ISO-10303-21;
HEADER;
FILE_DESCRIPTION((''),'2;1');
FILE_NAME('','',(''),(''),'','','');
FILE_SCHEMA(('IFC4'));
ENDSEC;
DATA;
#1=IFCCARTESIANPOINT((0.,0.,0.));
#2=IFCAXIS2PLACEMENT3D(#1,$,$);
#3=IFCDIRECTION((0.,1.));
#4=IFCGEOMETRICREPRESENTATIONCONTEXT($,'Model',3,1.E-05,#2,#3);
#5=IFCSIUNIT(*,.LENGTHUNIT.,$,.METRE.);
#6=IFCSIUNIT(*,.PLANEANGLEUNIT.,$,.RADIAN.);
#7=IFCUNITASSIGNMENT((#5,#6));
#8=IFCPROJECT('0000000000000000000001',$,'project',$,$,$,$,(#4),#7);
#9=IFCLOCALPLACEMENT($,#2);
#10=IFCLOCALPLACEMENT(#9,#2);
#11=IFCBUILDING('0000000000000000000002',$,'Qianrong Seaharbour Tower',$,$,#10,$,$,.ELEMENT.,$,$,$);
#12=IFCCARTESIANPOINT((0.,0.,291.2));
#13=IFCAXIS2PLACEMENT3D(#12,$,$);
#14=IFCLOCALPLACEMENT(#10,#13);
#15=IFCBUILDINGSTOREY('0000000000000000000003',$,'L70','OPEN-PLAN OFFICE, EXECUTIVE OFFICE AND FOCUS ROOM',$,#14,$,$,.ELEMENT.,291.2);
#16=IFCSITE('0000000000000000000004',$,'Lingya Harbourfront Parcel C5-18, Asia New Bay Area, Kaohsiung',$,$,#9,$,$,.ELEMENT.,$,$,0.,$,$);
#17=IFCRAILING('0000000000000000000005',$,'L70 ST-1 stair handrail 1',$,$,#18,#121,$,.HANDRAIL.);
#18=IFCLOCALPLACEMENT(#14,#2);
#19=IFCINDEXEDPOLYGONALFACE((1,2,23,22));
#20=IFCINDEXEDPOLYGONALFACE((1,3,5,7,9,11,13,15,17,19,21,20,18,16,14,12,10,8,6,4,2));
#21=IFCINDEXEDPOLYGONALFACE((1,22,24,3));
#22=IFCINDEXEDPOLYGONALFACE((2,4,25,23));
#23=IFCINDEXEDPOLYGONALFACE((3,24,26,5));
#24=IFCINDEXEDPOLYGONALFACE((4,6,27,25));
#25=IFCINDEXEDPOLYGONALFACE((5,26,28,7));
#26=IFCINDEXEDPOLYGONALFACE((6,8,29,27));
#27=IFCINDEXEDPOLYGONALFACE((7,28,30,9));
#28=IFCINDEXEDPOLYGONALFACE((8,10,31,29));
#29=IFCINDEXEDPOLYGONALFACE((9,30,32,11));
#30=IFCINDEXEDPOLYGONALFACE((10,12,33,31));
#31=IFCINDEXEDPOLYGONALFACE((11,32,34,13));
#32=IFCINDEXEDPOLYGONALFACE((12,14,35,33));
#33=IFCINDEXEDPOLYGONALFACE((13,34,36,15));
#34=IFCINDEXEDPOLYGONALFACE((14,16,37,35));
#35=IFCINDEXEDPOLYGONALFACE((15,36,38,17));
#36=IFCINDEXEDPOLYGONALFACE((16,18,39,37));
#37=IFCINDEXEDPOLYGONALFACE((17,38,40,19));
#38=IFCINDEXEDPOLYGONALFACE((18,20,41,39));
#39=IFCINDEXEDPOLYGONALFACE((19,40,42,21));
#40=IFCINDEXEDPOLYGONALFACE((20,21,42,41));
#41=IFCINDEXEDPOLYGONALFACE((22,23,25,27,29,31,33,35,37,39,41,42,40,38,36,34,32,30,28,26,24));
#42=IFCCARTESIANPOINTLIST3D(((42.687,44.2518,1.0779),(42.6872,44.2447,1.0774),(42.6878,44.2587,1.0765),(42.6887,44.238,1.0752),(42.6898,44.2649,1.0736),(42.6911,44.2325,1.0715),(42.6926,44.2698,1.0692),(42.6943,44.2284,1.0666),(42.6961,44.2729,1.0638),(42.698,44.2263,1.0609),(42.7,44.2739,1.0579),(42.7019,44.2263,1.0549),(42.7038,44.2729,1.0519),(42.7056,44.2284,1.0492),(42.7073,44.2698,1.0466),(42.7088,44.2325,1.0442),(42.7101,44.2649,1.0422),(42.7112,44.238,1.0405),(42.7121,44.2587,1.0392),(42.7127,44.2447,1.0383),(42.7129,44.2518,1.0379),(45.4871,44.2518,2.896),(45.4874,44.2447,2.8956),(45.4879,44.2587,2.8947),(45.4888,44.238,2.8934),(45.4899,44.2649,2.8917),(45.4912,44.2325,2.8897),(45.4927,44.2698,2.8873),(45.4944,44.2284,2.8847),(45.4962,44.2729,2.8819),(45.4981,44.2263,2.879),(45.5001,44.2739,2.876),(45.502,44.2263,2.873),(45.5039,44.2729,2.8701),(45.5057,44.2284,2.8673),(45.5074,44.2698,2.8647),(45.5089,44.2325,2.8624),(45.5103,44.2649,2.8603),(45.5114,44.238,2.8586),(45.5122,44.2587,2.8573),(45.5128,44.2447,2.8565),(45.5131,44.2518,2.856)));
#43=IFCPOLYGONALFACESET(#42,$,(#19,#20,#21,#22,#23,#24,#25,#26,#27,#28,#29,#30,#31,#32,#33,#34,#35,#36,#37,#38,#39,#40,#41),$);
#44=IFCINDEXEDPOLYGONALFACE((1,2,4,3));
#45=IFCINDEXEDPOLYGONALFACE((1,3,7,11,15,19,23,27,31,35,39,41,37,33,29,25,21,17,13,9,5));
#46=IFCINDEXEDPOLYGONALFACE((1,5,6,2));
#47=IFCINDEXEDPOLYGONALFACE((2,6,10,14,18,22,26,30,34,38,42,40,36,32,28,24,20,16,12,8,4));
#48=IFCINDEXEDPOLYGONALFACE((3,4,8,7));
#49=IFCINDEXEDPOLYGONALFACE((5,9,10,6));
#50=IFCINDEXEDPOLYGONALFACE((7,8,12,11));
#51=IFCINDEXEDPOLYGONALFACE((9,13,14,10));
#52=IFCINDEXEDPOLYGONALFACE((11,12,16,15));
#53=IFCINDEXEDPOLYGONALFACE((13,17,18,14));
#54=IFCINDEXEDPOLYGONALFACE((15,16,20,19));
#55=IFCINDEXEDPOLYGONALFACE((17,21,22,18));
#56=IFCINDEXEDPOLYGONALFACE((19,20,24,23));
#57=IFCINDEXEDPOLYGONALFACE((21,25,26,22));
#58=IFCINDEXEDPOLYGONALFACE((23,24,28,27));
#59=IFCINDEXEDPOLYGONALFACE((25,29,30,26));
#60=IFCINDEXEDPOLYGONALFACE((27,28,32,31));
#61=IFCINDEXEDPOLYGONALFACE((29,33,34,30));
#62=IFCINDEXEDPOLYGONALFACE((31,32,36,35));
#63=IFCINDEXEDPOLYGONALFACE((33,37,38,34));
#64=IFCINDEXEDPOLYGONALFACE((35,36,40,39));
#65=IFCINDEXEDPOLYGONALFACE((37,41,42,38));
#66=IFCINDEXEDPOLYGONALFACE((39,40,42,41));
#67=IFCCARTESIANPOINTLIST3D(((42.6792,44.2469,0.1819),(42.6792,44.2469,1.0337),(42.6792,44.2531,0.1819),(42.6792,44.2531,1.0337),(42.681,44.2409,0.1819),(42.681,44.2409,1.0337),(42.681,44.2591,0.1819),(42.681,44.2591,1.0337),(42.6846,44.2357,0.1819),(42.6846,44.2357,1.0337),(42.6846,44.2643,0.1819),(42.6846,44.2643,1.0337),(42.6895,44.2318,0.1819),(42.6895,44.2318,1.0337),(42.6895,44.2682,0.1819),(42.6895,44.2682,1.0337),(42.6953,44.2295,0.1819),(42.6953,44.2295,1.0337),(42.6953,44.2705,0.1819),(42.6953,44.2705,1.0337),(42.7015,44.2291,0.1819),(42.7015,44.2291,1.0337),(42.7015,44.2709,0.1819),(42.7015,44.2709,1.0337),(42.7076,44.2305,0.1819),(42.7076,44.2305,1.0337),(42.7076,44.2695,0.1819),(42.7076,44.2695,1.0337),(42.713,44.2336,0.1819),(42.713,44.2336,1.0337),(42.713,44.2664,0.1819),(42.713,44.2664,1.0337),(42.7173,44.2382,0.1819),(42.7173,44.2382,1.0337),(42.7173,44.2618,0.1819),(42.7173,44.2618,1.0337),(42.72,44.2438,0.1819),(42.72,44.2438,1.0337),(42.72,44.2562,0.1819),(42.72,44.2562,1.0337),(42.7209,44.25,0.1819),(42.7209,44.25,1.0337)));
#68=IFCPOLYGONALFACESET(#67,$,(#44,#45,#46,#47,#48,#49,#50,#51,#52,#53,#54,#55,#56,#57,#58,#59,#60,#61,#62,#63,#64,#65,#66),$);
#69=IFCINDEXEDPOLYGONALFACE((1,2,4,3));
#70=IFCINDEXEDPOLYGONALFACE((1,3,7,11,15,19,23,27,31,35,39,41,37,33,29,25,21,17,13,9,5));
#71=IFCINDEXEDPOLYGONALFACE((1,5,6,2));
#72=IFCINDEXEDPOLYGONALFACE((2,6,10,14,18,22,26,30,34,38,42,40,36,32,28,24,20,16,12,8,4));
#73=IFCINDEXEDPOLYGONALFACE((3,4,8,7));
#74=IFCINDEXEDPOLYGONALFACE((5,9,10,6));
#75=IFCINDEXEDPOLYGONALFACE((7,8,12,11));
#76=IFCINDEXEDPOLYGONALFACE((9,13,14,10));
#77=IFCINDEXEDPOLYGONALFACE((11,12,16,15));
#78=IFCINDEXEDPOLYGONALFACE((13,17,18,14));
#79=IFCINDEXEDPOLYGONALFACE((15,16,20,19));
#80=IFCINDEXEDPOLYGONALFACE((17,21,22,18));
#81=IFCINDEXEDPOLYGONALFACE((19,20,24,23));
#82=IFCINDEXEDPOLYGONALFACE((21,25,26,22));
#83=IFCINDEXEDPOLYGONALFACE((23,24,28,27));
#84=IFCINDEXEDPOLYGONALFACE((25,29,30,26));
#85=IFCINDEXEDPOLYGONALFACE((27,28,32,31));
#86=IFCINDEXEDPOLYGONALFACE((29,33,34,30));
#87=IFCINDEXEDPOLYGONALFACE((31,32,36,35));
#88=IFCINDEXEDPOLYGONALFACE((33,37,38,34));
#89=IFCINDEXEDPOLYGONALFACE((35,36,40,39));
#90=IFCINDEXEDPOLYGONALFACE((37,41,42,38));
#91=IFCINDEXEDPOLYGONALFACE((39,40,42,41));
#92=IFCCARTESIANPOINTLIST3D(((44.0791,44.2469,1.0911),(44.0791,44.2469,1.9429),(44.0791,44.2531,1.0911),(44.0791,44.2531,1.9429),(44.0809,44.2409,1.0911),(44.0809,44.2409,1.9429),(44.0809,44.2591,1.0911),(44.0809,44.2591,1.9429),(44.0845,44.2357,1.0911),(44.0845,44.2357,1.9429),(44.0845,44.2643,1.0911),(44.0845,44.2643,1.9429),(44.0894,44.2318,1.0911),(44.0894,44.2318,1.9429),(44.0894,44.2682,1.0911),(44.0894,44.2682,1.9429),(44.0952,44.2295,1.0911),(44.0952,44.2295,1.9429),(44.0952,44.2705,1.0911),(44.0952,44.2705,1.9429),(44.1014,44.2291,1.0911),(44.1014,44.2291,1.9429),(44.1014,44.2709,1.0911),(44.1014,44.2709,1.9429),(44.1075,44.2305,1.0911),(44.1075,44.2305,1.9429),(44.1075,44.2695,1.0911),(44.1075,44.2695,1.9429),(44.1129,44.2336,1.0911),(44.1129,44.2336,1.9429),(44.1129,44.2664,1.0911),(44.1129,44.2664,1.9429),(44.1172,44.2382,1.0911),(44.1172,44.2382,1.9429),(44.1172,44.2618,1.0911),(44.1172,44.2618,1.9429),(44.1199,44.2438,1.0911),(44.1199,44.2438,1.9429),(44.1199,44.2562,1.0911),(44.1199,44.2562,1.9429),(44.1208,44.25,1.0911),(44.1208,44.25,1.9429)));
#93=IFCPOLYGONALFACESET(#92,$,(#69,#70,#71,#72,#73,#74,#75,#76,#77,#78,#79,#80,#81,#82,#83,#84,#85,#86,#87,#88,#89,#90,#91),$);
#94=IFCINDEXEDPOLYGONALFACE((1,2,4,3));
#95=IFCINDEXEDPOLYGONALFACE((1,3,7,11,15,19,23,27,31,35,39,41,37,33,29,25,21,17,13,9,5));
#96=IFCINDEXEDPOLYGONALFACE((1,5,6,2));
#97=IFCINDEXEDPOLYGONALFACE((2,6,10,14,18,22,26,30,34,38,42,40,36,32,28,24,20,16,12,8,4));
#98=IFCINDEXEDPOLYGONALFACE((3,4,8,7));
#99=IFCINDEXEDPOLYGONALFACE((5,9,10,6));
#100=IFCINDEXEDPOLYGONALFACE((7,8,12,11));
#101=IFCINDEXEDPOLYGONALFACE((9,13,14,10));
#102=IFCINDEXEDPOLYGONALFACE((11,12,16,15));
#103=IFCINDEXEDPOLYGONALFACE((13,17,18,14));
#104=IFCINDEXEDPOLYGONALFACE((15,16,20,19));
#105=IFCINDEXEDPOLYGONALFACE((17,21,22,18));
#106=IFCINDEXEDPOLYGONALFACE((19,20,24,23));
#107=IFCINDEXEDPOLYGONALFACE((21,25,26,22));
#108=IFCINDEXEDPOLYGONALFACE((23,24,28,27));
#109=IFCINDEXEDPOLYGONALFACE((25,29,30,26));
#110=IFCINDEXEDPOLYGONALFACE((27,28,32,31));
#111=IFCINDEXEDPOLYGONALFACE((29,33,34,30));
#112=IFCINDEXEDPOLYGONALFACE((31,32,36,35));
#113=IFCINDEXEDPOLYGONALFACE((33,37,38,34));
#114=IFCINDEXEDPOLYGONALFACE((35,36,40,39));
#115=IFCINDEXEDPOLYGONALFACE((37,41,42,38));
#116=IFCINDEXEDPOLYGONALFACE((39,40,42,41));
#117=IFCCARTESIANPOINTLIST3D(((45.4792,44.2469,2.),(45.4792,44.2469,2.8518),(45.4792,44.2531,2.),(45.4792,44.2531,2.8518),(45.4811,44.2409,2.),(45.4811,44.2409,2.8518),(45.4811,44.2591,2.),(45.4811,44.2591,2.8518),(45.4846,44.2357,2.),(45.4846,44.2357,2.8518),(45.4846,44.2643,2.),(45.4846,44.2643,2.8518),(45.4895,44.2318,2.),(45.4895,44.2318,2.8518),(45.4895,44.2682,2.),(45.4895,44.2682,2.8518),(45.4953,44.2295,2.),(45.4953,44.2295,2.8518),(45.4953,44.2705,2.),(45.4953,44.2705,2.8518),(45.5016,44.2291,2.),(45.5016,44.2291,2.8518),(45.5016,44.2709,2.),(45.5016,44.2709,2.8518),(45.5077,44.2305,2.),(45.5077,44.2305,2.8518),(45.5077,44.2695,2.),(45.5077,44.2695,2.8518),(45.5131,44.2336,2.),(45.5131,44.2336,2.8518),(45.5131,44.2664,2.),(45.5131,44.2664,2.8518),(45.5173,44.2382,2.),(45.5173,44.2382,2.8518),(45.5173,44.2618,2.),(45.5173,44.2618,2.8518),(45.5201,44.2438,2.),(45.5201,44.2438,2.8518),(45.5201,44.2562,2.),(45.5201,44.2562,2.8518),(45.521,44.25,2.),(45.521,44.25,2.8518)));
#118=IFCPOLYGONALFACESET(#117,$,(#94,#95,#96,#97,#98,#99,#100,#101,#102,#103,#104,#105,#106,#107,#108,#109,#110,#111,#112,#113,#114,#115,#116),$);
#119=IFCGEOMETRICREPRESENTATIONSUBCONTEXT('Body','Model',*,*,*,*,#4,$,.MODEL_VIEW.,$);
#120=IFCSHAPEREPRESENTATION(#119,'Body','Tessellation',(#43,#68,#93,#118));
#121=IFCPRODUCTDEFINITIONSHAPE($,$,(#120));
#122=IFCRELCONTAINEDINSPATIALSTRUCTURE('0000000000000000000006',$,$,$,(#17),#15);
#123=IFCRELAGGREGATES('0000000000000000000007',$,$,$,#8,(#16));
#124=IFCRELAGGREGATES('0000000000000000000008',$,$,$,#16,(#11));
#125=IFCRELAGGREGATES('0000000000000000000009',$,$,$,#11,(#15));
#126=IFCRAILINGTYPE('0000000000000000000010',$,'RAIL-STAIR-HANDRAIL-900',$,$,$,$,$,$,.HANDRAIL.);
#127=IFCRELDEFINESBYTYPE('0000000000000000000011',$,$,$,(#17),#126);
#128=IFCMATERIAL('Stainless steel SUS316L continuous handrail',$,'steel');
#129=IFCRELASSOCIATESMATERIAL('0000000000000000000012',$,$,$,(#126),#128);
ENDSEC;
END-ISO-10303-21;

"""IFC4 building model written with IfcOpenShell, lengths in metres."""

from ifc_helpers import new_model, si_unit, direction, frame, origin, origin_2d, place, context, subcontext, project, spatial, circle, extrude, material, type_object, element, save


model = new_model("IFC4")

# Units and contexts
model_context = context("Model", 3, precision=1e-05, world=origin(), true_north=direction((0.0, 1.0)))
body_context = subcontext(model_context, "Body", "Model", "MODEL_VIEW")
ifc_project = project(units=[si_unit("LENGTHUNIT", "METRE"), si_unit("PLANEANGLEUNIT", "RADIAN")], contexts=[model_context])

# Site, building, storey
site_placement = place(None, origin())
site = spatial("IfcSite", under=ifc_project, at=site_placement, Name="Lingya Harbourfront Parcel C5-18, Asia New Bay Area, Kaohsiung", CompositionType="ELEMENT", RefElevation=0.0)
building_placement = place(site_placement, origin())
building = spatial("IfcBuilding", under=site, at=building_placement, Name="Qianrong Seaharbour Tower", CompositionType="ELEMENT")
storey_placement = place(building_placement, frame((0.0, 0.0, 291.2)))
storey = spatial("IfcBuildingStorey", under=building, at=storey_placement, Name="L70", Description="OPEN-PLAN OFFICE, EXECUTIVE OFFICE AND FOCUS ROOM", CompositionType="ELEMENT", Elevation=291.2)

# Railing
ifc_material_1 = material(Name="Stainless steel SUS316L continuous handrail", Category="steel")
railing_type = type_object("IfcRailingType", Name="RAIL-STAIR-HANDRAIL-900", PredefinedType="HANDRAIL", material=ifc_material_1)
railing_placement = place(storey_placement, frame((42.7, 44.25, 0.1819)))
element("IfcRailing", 1, at=railing_placement, inside=storey, type_object=railing_type, Name="L70 ST-1 stair handrail 1", PredefinedType="HANDRAIL", context=body_context, shape_type="SweptSolid", body=[
    extrude(circle(Radius=0.0239, at=origin_2d()), frame((0.0, 0.0, 0.876), z_axis=(0.838706, 0.0, 0.544585), x_axis=(0.0, 1.0, 0.0)), (0.0, 0.0, 1.0), 3.3386),
    extrude(circle(Radius=0.021, at=origin_2d()), origin(), (0.0, 0.0, 1.0), 0.8518),
    extrude(circle(Radius=0.021, at=origin_2d()), frame((1.3999, 0.0, 0.9092)), (0.0, 0.0, 1.0), 0.8518),
    extrude(circle(Radius=0.021, at=origin_2d()), frame((2.8, 0.0, 1.8181)), (0.0, 0.0, 1.0), 0.8518),
])

save(model, "model.ifc")
